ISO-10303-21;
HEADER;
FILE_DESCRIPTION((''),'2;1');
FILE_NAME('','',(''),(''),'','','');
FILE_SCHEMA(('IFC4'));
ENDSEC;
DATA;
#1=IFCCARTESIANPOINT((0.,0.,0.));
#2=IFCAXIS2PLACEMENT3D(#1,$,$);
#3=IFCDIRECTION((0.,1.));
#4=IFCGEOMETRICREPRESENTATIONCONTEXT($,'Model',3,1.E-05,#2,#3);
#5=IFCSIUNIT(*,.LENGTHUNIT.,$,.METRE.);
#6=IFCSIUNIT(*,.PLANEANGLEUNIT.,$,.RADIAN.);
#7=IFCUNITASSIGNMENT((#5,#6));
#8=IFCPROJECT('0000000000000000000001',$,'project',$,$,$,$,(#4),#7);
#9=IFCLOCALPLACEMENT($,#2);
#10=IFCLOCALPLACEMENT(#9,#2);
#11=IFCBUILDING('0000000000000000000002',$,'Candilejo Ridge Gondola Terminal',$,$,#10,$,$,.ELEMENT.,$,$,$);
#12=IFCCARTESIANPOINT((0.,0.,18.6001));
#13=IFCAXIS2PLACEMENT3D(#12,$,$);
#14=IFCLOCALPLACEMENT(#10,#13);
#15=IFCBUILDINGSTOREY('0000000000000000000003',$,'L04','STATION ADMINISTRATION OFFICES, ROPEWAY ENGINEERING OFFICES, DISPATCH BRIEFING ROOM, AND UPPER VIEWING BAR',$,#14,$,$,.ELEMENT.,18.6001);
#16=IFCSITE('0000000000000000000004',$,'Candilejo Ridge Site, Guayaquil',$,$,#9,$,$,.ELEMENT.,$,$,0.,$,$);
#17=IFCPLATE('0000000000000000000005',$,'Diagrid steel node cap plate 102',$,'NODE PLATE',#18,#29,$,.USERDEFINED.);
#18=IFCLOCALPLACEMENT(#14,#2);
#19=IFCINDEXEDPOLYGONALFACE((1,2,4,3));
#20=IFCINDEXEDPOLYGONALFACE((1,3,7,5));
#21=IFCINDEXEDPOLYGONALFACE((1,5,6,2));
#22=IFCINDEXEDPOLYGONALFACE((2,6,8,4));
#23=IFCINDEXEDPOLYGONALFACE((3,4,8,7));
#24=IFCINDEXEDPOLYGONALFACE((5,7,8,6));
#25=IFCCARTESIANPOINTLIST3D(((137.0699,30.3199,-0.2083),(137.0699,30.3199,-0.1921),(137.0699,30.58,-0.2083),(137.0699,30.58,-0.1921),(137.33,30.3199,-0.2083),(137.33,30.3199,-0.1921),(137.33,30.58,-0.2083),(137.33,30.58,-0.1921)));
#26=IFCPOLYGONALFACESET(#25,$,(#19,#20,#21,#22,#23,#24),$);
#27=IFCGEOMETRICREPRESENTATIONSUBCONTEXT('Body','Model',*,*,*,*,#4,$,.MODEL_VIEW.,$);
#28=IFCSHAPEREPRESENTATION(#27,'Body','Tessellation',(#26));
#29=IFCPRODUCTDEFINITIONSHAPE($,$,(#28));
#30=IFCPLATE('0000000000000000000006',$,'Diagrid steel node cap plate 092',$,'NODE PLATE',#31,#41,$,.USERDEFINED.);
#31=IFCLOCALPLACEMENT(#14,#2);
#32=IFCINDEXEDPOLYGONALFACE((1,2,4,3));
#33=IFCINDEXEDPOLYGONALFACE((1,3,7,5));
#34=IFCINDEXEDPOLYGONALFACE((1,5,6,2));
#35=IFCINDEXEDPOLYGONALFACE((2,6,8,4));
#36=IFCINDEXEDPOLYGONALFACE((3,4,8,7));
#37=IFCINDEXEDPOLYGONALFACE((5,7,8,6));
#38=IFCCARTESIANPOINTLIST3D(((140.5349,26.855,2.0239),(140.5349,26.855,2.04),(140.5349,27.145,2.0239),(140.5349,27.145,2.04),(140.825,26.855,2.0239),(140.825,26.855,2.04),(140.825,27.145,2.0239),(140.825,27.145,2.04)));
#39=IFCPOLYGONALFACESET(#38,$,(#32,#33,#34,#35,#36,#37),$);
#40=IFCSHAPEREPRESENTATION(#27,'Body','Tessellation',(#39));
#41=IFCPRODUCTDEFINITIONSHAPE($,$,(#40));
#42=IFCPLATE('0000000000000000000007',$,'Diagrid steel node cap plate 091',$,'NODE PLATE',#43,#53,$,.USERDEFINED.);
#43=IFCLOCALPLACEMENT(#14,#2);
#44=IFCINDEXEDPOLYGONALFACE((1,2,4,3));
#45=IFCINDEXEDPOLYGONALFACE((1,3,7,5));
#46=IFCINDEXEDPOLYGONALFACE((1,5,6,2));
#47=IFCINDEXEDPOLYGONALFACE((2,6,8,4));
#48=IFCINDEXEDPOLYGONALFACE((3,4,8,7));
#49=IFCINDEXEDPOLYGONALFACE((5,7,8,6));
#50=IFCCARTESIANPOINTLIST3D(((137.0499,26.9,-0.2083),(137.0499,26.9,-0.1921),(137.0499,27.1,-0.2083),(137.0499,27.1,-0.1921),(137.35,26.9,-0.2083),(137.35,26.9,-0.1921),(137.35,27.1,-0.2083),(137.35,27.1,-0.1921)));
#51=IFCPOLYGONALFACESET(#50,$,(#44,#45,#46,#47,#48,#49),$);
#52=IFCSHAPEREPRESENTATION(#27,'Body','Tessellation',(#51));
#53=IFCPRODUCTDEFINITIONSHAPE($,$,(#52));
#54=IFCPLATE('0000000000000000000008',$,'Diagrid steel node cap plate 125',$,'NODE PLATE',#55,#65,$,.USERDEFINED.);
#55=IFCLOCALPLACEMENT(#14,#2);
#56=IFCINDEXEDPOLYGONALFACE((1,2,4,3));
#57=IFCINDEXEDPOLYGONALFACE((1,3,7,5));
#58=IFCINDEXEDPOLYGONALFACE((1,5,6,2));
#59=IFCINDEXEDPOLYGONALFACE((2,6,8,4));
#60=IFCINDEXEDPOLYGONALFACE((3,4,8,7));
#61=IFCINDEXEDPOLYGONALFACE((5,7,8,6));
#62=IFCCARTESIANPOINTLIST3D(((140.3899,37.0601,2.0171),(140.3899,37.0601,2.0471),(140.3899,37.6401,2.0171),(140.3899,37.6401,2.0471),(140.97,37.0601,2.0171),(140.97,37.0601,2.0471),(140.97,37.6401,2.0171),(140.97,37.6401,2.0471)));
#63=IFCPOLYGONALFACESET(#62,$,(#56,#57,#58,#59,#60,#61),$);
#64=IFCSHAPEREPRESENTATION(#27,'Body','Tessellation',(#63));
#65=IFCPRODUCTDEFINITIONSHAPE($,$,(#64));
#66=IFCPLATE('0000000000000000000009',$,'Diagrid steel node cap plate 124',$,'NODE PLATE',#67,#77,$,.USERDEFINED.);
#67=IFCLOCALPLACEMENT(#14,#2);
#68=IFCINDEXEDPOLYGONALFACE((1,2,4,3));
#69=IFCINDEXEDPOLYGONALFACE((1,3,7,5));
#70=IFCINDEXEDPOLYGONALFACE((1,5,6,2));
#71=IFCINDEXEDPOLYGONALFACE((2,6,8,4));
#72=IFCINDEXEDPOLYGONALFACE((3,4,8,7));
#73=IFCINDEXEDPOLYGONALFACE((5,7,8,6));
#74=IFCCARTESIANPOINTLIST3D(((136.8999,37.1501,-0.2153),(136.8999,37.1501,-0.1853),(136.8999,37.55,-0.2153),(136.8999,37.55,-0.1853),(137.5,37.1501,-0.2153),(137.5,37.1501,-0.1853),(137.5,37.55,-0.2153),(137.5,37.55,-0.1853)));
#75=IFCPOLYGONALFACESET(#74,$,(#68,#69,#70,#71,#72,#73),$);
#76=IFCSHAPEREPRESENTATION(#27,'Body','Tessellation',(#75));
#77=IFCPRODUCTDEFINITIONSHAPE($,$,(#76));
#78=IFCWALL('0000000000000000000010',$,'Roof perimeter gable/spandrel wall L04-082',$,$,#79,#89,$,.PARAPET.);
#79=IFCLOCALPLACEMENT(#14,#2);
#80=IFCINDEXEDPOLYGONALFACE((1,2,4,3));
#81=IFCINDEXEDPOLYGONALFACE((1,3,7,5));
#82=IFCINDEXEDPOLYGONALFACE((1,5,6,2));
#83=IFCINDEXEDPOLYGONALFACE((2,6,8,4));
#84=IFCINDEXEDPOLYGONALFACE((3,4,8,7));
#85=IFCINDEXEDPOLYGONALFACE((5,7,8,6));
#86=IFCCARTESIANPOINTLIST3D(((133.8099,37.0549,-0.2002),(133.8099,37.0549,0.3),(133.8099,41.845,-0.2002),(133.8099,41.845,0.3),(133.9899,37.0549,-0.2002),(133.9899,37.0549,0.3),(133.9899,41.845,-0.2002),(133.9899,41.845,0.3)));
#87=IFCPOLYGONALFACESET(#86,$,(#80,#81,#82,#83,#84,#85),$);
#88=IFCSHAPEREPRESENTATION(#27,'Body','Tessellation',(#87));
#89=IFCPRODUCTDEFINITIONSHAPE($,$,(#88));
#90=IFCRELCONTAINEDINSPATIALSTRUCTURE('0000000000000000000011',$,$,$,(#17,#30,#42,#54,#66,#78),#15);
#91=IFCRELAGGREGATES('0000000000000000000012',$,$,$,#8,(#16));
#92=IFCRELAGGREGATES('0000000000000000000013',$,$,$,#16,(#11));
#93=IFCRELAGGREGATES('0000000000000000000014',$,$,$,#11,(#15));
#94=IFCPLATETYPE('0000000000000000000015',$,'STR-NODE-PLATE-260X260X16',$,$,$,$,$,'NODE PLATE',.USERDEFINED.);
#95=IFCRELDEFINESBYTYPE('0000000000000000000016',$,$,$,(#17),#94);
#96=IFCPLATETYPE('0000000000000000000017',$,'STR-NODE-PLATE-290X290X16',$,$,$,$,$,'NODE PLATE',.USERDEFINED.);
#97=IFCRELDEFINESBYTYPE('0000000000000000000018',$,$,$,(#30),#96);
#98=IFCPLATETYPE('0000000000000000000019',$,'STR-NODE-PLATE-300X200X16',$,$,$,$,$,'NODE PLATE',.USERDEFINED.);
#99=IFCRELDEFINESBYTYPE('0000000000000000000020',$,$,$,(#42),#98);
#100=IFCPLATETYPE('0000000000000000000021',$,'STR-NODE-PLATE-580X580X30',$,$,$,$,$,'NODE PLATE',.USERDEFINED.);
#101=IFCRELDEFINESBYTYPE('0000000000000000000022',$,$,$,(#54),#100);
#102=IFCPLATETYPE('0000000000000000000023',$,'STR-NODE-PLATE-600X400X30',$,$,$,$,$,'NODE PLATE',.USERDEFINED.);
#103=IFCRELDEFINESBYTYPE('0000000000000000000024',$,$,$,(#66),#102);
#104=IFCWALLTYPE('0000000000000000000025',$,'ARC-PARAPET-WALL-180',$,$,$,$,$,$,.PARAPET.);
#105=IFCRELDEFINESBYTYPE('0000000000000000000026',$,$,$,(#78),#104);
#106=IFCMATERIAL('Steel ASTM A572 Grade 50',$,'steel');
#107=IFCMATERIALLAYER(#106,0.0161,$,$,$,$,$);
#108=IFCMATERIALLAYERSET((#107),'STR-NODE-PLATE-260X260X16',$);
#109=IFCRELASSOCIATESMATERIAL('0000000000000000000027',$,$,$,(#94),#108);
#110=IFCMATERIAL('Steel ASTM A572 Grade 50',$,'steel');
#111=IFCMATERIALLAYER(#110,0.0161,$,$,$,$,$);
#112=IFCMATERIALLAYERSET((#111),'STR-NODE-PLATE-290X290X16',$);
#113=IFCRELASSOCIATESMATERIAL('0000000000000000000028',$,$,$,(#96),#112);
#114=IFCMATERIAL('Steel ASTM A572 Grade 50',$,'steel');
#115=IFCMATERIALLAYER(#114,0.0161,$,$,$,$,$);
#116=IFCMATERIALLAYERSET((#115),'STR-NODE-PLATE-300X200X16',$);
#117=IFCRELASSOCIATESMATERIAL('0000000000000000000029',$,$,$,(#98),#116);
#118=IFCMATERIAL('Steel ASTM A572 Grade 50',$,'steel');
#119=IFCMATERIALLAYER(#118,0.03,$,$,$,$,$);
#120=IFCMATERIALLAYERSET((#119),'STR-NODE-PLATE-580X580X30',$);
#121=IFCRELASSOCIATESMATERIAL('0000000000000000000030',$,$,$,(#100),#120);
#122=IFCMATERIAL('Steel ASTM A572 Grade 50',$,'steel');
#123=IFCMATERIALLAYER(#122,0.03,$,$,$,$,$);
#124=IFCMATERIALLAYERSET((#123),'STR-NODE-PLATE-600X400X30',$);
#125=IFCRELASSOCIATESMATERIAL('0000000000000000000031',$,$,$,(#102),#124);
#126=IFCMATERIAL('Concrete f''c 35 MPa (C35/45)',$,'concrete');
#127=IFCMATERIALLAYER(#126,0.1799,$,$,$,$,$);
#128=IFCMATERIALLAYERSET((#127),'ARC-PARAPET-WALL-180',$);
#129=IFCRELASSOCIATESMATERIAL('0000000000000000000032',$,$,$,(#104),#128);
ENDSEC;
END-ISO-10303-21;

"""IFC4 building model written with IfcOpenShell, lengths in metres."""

from ifc_helpers import new_model, si_unit, direction, frame, frame_2d, origin, origin_2d, place, context, subcontext, project, spatial, rectangle, extrude, material, layer, layer_set, type_object, element, save


model = new_model("IFC4")

# Units and contexts
model_context = context("Model", 3, precision=1e-05, world=origin(), true_north=direction((0.0, 1.0)))
body_context = subcontext(model_context, "Body", "Model", "MODEL_VIEW")
ifc_project = project(units=[si_unit("LENGTHUNIT", "METRE"), si_unit("PLANEANGLEUNIT", "RADIAN")], contexts=[model_context])

# Site, building, storey
site_placement = place(None, origin())
site = spatial("IfcSite", under=ifc_project, at=site_placement, Name="Candilejo Ridge Site, Guayaquil", CompositionType="ELEMENT", RefElevation=0.0)
building_placement = place(site_placement, origin())
building = spatial("IfcBuilding", under=site, at=building_placement, Name="Candilejo Ridge Gondola Terminal", CompositionType="ELEMENT")
storey_placement = place(building_placement, frame((0.0, 0.0, 18.6001)))
storey = spatial("IfcBuildingStorey", under=building, at=storey_placement, Name="L04", Description="STATION ADMINISTRATION OFFICES, ROPEWAY ENGINEERING OFFICES, DISPATCH BRIEFING ROOM, AND UPPER VIEWING BAR", CompositionType="ELEMENT", Elevation=18.6001)

# Plates
ifc_material_1 = material(Name="Steel ASTM A572 Grade 50", Category="steel")
ifc_layer_1 = layer(ifc_material_1, 0.0161)
ifc_layer_set_1 = layer_set([ifc_layer_1], Name="STR-NODE-PLATE-260X260X16")
plate_type_1 = type_object("IfcPlateType", Name="STR-NODE-PLATE-260X260X16", ElementType="NODE PLATE", PredefinedType="USERDEFINED", material=ifc_layer_set_1)
plate_1_placement = place(storey_placement, frame((137.2, 30.45, -0.2083), z_axis=(0.0, 0.0, 1.0), x_axis=(1.0, 0.0, 0.0)))
element("IfcPlate", 1, at=plate_1_placement, inside=storey, type_object=plate_type_1, Name="Diagrid steel node cap plate 102", ObjectType="NODE PLATE", PredefinedType="USERDEFINED", context=body_context, shape_type="SweptSolid", body=[
    extrude(rectangle(XDim=0.26, YDim=0.26, at=origin_2d()), origin(), (0.0, 0.0, 1.0), 0.0161),
])
ifc_material_2 = material(Name="Steel ASTM A572 Grade 50", Category="steel")
ifc_layer_2 = layer(ifc_material_2, 0.0161)
ifc_layer_set_2 = layer_set([ifc_layer_2], Name="STR-NODE-PLATE-290X290X16")
plate_type_2 = type_object("IfcPlateType", Name="STR-NODE-PLATE-290X290X16", ElementType="NODE PLATE", PredefinedType="USERDEFINED", material=ifc_layer_set_2)
plate_2_placement = place(storey_placement, frame((140.6799, 27.0, 2.0239), z_axis=(0.0, 0.0, 1.0), x_axis=(1.0, 0.0, 0.0)))
element("IfcPlate", 2, at=plate_2_placement, inside=storey, type_object=plate_type_2, Name="Diagrid steel node cap plate 092", ObjectType="NODE PLATE", PredefinedType="USERDEFINED", context=body_context, shape_type="SweptSolid", body=[
    extrude(rectangle(XDim=0.29, YDim=0.29, at=origin_2d()), origin(), (0.0, 0.0, 1.0), 0.0161),
])
ifc_material_3 = material(Name="Steel ASTM A572 Grade 50", Category="steel")
ifc_layer_3 = layer(ifc_material_3, 0.0161)
ifc_layer_set_3 = layer_set([ifc_layer_3], Name="STR-NODE-PLATE-300X200X16")
plate_type_3 = type_object("IfcPlateType", Name="STR-NODE-PLATE-300X200X16", ElementType="NODE PLATE", PredefinedType="USERDEFINED", material=ifc_layer_set_3)
plate_3_placement = place(storey_placement, frame((137.2, 27.0, -0.2083), z_axis=(0.0, 0.0, 1.0), x_axis=(1.0, 0.0, 0.0)))
element("IfcPlate", 3, at=plate_3_placement, inside=storey, type_object=plate_type_3, Name="Diagrid steel node cap plate 091", ObjectType="NODE PLATE", PredefinedType="USERDEFINED", context=body_context, shape_type="SweptSolid", body=[
    extrude(rectangle(XDim=0.3, YDim=0.2, at=origin_2d()), origin(), (0.0, 0.0, 1.0), 0.0161),
])
ifc_material_4 = material(Name="Steel ASTM A572 Grade 50", Category="steel")
ifc_layer_4 = layer(ifc_material_4, 0.03)
ifc_layer_set_4 = layer_set([ifc_layer_4], Name="STR-NODE-PLATE-580X580X30")
plate_type_4 = type_object("IfcPlateType", Name="STR-NODE-PLATE-580X580X30", ElementType="NODE PLATE", PredefinedType="USERDEFINED", material=ifc_layer_set_4)
plate_4_placement = place(storey_placement, frame((140.6799, 37.3501, 2.0171), z_axis=(0.0, 0.0, 1.0), x_axis=(1.0, 0.0, 0.0)))
element("IfcPlate", 4, at=plate_4_placement, inside=storey, type_object=plate_type_4, Name="Diagrid steel node cap plate 125", ObjectType="NODE PLATE", PredefinedType="USERDEFINED", context=body_context, shape_type="SweptSolid", body=[
    extrude(rectangle(XDim=0.5801, YDim=0.5801, at=origin_2d()), origin(), (0.0, 0.0, 1.0), 0.03),
])
ifc_material_5 = material(Name="Steel ASTM A572 Grade 50", Category="steel")
ifc_layer_5 = layer(ifc_material_5, 0.03)
ifc_layer_set_5 = layer_set([ifc_layer_5], Name="STR-NODE-PLATE-600X400X30")
plate_type_5 = type_object("IfcPlateType", Name="STR-NODE-PLATE-600X400X30", ElementType="NODE PLATE", PredefinedType="USERDEFINED", material=ifc_layer_set_5)
plate_5_placement = place(storey_placement, frame((137.2, 37.3501, -0.2153), z_axis=(0.0, 0.0, 1.0), x_axis=(1.0, 0.0, 0.0)))
element("IfcPlate", 5, at=plate_5_placement, inside=storey, type_object=plate_type_5, Name="Diagrid steel node cap plate 124", ObjectType="NODE PLATE", PredefinedType="USERDEFINED", context=body_context, shape_type="SweptSolid", body=[
    extrude(rectangle(XDim=0.6001, YDim=0.3999, at=origin_2d()), origin(), (0.0, 0.0, 1.0), 0.03),
])

# Wall
ifc_material_6 = material(Name="Concrete f'c 35 MPa (C35/45)", Category="concrete")
ifc_layer_6 = layer(ifc_material_6, 0.1799)
ifc_layer_set_6 = layer_set([ifc_layer_6], Name="ARC-PARAPET-WALL-180")
wall_type = type_object("IfcWallType", Name="ARC-PARAPET-WALL-180", PredefinedType="PARAPET", material=ifc_layer_set_6)
wall_placement = place(storey_placement, frame((133.8999, 37.0549, -0.2002), z_axis=(0.0, 0.0, 1.0), x_axis=(0.0, 1.0, 0.0)))
element("IfcWall", 6, at=wall_placement, inside=storey, type_object=wall_type, Name="Roof perimeter gable/spandrel wall L04-082", PredefinedType="PARAPET", context=body_context, shape_type="SweptSolid", body=[
    extrude(rectangle(XDim=4.79, YDim=0.1799, at=frame_2d((2.395, 0.0))), origin(), (0.0, 0.0, 1.0), 0.5002),
])

save(model, "model.ifc")
